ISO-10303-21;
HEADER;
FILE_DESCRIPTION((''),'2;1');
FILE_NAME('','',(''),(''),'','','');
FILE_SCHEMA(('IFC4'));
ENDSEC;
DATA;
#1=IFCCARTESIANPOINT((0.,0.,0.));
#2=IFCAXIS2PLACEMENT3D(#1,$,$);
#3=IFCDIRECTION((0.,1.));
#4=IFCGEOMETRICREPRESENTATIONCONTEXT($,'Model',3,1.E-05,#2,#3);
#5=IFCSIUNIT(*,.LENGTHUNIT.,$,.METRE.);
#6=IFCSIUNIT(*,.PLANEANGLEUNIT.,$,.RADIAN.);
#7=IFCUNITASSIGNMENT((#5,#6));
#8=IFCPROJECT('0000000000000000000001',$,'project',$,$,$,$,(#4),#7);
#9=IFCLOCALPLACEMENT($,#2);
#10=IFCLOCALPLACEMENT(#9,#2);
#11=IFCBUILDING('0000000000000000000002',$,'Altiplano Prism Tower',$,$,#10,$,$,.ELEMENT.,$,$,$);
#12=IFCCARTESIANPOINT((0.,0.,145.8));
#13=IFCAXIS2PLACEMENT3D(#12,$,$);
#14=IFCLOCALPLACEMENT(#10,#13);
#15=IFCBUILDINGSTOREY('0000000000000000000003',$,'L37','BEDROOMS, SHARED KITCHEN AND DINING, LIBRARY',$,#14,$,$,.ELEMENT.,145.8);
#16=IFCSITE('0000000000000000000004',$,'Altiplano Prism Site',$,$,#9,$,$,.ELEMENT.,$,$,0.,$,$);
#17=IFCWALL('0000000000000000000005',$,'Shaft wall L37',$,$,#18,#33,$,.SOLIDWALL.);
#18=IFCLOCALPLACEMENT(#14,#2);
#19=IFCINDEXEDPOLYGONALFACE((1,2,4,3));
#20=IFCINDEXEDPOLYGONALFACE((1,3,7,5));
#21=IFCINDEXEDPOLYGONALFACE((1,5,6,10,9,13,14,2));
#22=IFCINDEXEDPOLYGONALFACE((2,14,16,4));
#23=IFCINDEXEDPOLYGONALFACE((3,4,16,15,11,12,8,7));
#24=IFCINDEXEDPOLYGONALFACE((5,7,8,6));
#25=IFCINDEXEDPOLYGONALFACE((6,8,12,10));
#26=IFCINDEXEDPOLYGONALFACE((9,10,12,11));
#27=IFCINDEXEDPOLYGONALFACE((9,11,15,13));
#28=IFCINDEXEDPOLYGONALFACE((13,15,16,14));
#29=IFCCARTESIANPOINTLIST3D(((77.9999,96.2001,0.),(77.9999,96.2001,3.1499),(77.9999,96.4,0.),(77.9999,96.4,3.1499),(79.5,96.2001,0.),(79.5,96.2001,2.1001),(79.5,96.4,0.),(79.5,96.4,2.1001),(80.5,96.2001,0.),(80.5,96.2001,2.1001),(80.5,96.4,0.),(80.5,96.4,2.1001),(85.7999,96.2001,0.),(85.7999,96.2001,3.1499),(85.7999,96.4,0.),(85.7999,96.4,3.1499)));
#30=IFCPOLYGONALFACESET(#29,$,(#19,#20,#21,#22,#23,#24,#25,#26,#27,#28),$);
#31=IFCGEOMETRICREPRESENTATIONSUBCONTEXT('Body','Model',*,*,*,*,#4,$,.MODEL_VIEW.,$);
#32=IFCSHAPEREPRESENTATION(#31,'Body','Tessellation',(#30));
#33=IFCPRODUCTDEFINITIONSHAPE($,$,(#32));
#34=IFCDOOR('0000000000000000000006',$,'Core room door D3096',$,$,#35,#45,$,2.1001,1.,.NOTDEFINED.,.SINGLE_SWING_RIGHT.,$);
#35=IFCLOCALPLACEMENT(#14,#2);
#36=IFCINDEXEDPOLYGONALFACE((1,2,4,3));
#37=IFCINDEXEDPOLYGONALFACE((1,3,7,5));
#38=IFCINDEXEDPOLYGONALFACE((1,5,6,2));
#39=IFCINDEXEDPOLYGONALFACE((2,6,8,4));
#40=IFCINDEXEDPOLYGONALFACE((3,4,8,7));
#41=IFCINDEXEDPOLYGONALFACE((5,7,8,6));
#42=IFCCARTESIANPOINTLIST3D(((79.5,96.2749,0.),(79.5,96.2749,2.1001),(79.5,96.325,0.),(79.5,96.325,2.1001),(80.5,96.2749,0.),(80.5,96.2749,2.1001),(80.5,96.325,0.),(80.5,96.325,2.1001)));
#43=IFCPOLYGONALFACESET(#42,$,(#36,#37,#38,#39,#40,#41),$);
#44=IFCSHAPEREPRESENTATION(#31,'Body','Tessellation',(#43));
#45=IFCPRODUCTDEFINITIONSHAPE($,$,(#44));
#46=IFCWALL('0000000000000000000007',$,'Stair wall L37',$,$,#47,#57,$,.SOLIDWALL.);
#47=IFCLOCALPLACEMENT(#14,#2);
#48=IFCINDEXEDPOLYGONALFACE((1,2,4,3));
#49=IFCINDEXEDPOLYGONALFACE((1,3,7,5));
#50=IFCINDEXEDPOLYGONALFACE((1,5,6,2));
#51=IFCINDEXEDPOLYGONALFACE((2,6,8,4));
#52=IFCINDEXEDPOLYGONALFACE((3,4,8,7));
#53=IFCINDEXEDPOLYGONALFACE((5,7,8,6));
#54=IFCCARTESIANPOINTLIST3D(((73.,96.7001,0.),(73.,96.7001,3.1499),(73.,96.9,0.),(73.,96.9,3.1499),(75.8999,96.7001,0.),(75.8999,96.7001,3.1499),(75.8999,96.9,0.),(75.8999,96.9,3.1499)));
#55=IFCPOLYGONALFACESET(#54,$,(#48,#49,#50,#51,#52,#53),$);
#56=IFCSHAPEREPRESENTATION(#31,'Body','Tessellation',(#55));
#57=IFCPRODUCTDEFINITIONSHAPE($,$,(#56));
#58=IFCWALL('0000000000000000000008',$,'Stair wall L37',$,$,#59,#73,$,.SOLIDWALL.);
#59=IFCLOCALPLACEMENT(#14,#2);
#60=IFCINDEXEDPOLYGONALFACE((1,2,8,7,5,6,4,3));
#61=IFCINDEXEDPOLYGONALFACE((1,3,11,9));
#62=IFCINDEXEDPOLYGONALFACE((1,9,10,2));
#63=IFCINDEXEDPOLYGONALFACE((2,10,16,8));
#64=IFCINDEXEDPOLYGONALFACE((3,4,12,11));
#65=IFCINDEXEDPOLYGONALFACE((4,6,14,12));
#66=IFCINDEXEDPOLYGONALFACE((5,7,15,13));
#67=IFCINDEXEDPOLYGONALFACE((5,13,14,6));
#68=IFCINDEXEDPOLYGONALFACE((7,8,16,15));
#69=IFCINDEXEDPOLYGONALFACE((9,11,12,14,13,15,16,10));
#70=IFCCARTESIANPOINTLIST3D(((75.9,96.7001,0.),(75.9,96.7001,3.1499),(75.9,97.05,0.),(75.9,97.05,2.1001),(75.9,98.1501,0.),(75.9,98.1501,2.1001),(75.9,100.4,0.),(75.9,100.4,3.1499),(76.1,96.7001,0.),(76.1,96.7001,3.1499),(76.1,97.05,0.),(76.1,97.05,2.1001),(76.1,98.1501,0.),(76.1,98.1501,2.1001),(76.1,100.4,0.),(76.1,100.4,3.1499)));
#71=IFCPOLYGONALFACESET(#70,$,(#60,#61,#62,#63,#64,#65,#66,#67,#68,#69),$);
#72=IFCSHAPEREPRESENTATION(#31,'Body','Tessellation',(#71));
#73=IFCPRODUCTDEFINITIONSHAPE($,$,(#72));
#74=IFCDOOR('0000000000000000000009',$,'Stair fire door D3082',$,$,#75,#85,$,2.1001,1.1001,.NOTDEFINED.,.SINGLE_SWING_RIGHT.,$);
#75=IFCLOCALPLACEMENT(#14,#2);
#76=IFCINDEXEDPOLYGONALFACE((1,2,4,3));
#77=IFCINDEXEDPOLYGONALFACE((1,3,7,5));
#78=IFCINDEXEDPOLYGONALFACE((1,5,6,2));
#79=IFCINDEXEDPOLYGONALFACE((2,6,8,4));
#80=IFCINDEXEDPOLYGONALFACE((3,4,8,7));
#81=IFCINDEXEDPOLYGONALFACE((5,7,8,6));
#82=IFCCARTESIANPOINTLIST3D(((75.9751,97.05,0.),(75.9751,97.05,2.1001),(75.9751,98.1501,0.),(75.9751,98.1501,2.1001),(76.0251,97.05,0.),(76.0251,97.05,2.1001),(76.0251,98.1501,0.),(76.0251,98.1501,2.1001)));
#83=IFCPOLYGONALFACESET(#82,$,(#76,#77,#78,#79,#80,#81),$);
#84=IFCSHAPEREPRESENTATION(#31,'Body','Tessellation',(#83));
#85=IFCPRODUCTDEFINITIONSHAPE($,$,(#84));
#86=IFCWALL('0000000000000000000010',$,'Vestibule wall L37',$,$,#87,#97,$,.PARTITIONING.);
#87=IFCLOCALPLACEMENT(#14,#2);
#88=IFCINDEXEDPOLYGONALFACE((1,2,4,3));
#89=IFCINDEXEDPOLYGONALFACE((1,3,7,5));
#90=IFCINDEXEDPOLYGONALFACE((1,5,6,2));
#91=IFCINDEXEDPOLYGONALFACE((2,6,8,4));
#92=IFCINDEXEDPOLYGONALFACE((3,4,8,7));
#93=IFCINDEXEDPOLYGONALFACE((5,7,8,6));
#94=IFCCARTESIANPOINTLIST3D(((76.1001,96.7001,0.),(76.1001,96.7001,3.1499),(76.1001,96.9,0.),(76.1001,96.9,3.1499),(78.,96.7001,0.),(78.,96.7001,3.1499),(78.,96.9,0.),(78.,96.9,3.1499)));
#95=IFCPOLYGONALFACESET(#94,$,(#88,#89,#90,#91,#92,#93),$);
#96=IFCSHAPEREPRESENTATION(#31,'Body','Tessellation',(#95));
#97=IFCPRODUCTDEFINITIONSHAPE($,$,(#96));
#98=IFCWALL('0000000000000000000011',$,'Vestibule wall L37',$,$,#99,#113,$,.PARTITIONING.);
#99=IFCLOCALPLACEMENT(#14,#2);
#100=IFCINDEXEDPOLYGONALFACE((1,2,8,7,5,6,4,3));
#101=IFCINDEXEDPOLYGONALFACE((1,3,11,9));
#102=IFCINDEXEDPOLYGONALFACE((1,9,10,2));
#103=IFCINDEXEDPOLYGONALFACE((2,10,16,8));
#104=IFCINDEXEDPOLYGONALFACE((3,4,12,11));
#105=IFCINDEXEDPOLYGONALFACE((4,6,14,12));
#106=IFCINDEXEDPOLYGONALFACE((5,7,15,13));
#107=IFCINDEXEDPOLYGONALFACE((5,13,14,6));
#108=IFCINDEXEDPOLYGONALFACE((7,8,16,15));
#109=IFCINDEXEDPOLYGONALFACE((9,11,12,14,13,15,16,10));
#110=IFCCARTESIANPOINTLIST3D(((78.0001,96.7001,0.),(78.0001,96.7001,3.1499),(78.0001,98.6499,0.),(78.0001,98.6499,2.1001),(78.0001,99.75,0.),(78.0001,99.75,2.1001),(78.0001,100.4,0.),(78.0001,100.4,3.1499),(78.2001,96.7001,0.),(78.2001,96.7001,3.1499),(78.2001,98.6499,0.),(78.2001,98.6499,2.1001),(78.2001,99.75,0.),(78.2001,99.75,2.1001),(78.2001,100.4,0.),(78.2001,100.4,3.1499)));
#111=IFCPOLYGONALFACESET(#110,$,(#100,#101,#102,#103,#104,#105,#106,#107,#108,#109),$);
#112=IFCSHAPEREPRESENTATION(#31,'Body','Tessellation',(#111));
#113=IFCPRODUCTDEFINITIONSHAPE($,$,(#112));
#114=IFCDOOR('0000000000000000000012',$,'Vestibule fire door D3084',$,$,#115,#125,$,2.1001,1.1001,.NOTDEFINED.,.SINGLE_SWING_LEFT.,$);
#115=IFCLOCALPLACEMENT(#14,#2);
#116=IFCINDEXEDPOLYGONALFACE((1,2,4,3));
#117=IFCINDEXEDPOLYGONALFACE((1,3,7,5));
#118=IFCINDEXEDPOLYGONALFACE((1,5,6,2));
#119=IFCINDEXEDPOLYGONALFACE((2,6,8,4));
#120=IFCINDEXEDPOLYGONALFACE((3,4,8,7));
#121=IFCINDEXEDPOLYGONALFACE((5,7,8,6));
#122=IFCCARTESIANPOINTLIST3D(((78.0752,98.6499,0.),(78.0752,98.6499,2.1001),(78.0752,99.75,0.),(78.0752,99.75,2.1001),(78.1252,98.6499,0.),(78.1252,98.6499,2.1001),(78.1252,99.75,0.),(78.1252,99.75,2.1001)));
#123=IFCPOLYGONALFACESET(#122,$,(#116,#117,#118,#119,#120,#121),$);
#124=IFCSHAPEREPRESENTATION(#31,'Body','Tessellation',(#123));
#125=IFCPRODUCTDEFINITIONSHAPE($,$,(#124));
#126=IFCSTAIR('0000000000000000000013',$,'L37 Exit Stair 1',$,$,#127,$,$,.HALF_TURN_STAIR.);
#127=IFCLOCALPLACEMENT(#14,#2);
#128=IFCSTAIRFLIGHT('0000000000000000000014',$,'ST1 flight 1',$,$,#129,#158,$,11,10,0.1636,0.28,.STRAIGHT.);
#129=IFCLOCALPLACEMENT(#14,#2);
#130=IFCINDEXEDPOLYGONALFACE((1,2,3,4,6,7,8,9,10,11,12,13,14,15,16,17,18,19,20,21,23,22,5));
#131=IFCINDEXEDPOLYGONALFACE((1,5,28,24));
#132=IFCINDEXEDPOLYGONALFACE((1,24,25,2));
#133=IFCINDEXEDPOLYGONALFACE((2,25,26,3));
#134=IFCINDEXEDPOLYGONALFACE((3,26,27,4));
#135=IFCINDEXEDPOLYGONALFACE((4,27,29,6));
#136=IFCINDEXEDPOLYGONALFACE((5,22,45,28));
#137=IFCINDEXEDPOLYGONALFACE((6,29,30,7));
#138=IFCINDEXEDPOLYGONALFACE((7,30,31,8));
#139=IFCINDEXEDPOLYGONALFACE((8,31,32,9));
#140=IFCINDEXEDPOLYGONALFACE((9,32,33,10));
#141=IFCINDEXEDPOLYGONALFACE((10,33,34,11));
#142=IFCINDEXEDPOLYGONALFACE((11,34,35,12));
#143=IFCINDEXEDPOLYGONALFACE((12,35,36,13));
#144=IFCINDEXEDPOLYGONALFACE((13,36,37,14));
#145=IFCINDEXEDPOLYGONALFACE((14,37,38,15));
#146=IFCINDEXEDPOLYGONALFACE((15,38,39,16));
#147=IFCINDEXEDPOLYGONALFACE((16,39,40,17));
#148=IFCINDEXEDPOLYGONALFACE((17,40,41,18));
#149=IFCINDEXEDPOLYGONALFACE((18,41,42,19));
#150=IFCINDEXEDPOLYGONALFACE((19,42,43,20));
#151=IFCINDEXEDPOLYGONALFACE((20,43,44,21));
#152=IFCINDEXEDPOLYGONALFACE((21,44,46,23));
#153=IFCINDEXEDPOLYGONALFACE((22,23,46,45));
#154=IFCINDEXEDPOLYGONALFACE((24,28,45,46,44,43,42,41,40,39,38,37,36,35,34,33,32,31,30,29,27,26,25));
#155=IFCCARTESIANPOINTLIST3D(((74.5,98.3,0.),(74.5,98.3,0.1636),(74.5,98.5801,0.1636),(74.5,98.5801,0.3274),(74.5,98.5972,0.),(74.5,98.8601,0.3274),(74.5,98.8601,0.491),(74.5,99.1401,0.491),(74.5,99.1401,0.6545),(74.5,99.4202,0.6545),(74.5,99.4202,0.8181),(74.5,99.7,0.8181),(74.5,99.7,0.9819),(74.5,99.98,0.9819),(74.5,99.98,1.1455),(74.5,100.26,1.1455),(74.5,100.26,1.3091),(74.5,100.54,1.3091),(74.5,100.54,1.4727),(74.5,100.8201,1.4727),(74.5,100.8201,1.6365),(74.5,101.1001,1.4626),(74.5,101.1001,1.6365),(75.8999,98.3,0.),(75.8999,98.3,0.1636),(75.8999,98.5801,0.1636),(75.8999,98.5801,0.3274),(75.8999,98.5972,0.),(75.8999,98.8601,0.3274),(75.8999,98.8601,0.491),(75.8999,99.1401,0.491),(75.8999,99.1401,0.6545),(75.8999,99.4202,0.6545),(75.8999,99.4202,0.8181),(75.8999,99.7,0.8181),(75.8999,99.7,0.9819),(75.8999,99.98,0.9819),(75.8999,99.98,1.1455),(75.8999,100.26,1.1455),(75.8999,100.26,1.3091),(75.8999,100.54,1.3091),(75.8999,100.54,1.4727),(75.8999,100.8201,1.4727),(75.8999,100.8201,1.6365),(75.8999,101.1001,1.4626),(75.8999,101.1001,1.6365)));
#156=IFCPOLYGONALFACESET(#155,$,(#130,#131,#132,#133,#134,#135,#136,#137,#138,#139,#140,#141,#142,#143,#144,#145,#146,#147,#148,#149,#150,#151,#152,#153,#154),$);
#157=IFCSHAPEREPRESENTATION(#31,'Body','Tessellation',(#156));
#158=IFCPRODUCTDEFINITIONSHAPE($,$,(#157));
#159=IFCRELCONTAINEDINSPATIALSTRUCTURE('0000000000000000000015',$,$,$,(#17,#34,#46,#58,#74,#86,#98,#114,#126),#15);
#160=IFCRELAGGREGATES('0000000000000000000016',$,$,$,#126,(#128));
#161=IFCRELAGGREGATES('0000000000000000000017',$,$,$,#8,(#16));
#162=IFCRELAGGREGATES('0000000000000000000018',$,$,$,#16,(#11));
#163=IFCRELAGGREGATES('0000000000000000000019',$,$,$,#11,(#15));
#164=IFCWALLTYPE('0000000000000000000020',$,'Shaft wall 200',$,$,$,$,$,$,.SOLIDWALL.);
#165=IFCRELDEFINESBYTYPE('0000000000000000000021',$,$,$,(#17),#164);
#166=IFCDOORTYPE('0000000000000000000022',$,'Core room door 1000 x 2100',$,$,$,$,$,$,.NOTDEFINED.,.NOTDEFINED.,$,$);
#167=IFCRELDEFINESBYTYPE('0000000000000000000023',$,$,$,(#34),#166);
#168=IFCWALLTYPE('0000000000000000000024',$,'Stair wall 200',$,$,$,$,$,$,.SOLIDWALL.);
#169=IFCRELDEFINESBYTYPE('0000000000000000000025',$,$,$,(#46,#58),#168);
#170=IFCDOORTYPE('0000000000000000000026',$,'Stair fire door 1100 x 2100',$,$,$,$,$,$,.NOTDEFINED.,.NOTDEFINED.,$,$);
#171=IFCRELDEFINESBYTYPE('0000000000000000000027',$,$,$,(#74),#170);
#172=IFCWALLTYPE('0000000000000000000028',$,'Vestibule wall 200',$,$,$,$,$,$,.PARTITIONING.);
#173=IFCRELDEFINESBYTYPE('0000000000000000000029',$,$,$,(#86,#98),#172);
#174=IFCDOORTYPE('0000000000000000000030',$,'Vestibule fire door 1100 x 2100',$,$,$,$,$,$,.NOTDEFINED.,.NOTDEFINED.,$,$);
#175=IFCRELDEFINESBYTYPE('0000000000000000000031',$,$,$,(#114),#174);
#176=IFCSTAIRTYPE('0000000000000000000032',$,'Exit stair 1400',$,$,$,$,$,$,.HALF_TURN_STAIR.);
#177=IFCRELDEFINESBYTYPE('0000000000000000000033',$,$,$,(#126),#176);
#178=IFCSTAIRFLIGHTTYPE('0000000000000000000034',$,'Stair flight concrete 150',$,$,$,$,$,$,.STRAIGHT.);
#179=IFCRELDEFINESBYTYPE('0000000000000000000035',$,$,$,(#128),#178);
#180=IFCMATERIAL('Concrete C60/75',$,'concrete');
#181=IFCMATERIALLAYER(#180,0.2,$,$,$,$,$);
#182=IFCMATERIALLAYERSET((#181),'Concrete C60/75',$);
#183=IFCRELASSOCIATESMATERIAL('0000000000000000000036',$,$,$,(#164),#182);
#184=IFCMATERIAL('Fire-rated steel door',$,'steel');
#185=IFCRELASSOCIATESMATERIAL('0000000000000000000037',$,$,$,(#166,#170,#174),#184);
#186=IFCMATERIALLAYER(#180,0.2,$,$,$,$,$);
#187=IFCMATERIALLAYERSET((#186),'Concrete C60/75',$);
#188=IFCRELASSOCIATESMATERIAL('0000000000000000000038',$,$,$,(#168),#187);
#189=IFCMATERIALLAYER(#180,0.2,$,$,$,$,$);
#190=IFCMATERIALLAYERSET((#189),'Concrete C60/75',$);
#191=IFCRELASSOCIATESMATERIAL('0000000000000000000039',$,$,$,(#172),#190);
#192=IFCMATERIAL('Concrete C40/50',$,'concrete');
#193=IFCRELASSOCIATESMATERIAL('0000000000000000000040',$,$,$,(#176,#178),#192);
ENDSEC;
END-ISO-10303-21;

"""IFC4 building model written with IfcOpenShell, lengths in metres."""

from ifc_helpers import new_model, si_unit, direction, frame, frame_2d, origin, place, context, subcontext, project, spatial, polyline, rectangle, outline, extrude, material, layer, layer_set, type_object, element, fill, aggregate, save


model = new_model("IFC4")

# Units and contexts
model_context = context("Model", 3, precision=1e-05, world=origin(), true_north=direction((0.0, 1.0)))
body_context = subcontext(model_context, "Body", "Model", "MODEL_VIEW")
ifc_project = project(units=[si_unit("LENGTHUNIT", "METRE"), si_unit("PLANEANGLEUNIT", "RADIAN")], contexts=[model_context])

# Site, building, storey
site_placement = place(None, origin())
site = spatial("IfcSite", under=ifc_project, at=site_placement, Name="Altiplano Prism Site", CompositionType="ELEMENT", RefElevation=0.0)
building_placement = place(site_placement, origin())
building = spatial("IfcBuilding", under=site, at=building_placement, Name="Altiplano Prism Tower", CompositionType="ELEMENT")
storey_placement = place(building_placement, frame((0.0, 0.0, 145.8)))
storey = spatial("IfcBuildingStorey", under=building, at=storey_placement, Name="L37", Description="BEDROOMS, SHARED KITCHEN AND DINING, LIBRARY", CompositionType="ELEMENT", Elevation=145.8)

# Wall, opening, door
ifc_material_1 = material(Name="Concrete C60/75", Category="concrete")
ifc_layer_1 = layer(ifc_material_1, 0.2)
ifc_layer_set_1 = layer_set([ifc_layer_1], Name="Concrete C60/75")
wall_type_1 = type_object("IfcWallType", Name="Shaft wall 200", PredefinedType="SOLIDWALL", material=ifc_layer_set_1)
wall_1_placement = place(storey_placement, frame((78.0, 96.3, 0.0), z_axis=(0.0, 0.0, 1.0), x_axis=(1.0, 0.0, 0.0)))
wall_1 = element("IfcWall", 1, at=wall_1_placement, inside=storey, type_object=wall_type_1, Name="Shaft wall L37", PredefinedType="SOLIDWALL", context=body_context, shape_type="SweptSolid", body=[
    extrude(rectangle(XDim=7.8, YDim=0.2, at=frame_2d((3.8999, 0.0))), origin(), (0.0, 0.0, 1.0), 3.1499),
])
opening_1_placement = place(wall_1_placement, frame((1.5, 0.0, 0.0)))
opening_1 = element("IfcOpeningElement", 2, at=opening_1_placement, cuts=wall_1, PredefinedType="OPENING", context=body_context, shape_type="SweptSolid", body=[
    extrude(rectangle(XDim=1.0, YDim=2.1001, at=frame_2d((0.5, 1.05))), frame((0.0, 0.1104, 0.0), z_axis=(0.0, -1.0, 0.0), x_axis=(1.0, 0.0, 0.0)), (0.0, 0.0, 1.0), 0.2209),
])
ifc_material_2 = material(Name="Fire-rated steel door", Category="steel")
door_type_1 = type_object("IfcDoorType", Name="Core room door 1000 x 2100", OperationType="NOTDEFINED", PredefinedType="NOTDEFINED", material=ifc_material_2)
door_1_placement = place(opening_1_placement, origin())
door_1 = element("IfcDoor", 3, at=door_1_placement, inside=storey, type_object=door_type_1, Name="Core room door D3096", OperationType="SINGLE_SWING_RIGHT", OverallHeight=2.1001, OverallWidth=1.0, PredefinedType="NOTDEFINED", context=body_context, shape_type="SweptSolid", body=[
    extrude(rectangle(XDim=1.0, YDim=2.1001, at=frame_2d((0.5, 1.05))), frame((0.0, 0.0249, 0.0), z_axis=(0.0, -1.0, 0.0), x_axis=(1.0, 0.0, 0.0)), (0.0, 0.0, 1.0), 0.05),
])
fill(opening_1, door_1)

# Wall
ifc_layer_2 = layer(ifc_material_1, 0.2)
ifc_layer_set_2 = layer_set([ifc_layer_2], Name="Concrete C60/75")
wall_type_2 = type_object("IfcWallType", Name="Stair wall 200", PredefinedType="SOLIDWALL", material=ifc_layer_set_2)
wall_2_placement = place(storey_placement, frame((73.0, 96.8, 0.0), z_axis=(0.0, 0.0, 1.0), x_axis=(1.0, 0.0, 0.0)))
element("IfcWall", 4, at=wall_2_placement, inside=storey, type_object=wall_type_2, Name="Stair wall L37", PredefinedType="SOLIDWALL", context=body_context, shape_type="SweptSolid", body=[
    extrude(rectangle(XDim=2.8999, YDim=0.2, at=frame_2d((1.45, 0.0))), origin(), (0.0, 0.0, 1.0), 3.1499),
])

# Wall, opening, door
wall_3_placement = place(storey_placement, frame((76.0, 96.7, 0.0), z_axis=(0.0, 0.0, 1.0), x_axis=(0.0, 1.0, 0.0)))
wall_3 = element("IfcWall", 5, at=wall_3_placement, inside=storey, type_object=wall_type_2, Name="Stair wall L37", PredefinedType="SOLIDWALL", context=body_context, shape_type="SweptSolid", body=[
    extrude(rectangle(XDim=3.7, YDim=0.2, at=frame_2d((1.8501, 0.0))), origin(), (0.0, 0.0, 1.0), 3.1499),
])
opening_2_placement = place(wall_3_placement, frame((0.3501, 0.0, 0.0)))
opening_2 = element("IfcOpeningElement", 6, at=opening_2_placement, cuts=wall_3, PredefinedType="OPENING", context=body_context, shape_type="SweptSolid", body=[
    extrude(rectangle(XDim=1.1001, YDim=2.1001, at=frame_2d((0.55, 1.05))), frame((0.0, 0.1104, 0.0), z_axis=(0.0, -1.0, 0.0), x_axis=(1.0, 0.0, 0.0)), (0.0, 0.0, 1.0), 0.2209),
])
door_type_2 = type_object("IfcDoorType", Name="Stair fire door 1100 x 2100", OperationType="NOTDEFINED", PredefinedType="NOTDEFINED", material=ifc_material_2)
door_2_placement = place(opening_2_placement, origin())
door_2 = element("IfcDoor", 7, at=door_2_placement, inside=storey, type_object=door_type_2, Name="Stair fire door D3082", OperationType="SINGLE_SWING_RIGHT", OverallHeight=2.1001, OverallWidth=1.1001, PredefinedType="NOTDEFINED", context=body_context, shape_type="SweptSolid", body=[
    extrude(rectangle(XDim=1.1001, YDim=2.1001, at=frame_2d((0.55, 1.05))), frame((0.0, 0.0249, 0.0), z_axis=(0.0, -1.0, 0.0), x_axis=(1.0, 0.0, 0.0)), (0.0, 0.0, 1.0), 0.05),
])
fill(opening_2, door_2)

# Wall
ifc_layer_3 = layer(ifc_material_1, 0.2)
ifc_layer_set_3 = layer_set([ifc_layer_3], Name="Concrete C60/75")
wall_type_3 = type_object("IfcWallType", Name="Vestibule wall 200", PredefinedType="PARTITIONING", material=ifc_layer_set_3)
wall_4_placement = place(storey_placement, frame((76.1001, 96.8, 0.0), z_axis=(0.0, 0.0, 1.0), x_axis=(1.0, 0.0, 0.0)))
element("IfcWall", 8, at=wall_4_placement, inside=storey, type_object=wall_type_3, Name="Vestibule wall L37", PredefinedType="PARTITIONING", context=body_context, shape_type="SweptSolid", body=[
    extrude(rectangle(XDim=1.8999, YDim=0.2, at=frame_2d((0.95, 0.0))), origin(), (0.0, 0.0, 1.0), 3.1499),
])

# Wall, opening, door
wall_5_placement = place(storey_placement, frame((78.1001, 96.7, 0.0), z_axis=(0.0, 0.0, 1.0), x_axis=(0.0, 1.0, 0.0)))
wall_5 = element("IfcWall", 9, at=wall_5_placement, inside=storey, type_object=wall_type_3, Name="Vestibule wall L37", PredefinedType="PARTITIONING", context=body_context, shape_type="SweptSolid", body=[
    extrude(rectangle(XDim=3.7, YDim=0.2, at=frame_2d((1.8501, 0.0))), origin(), (0.0, 0.0, 1.0), 3.1499),
])
opening_3_placement = place(wall_5_placement, frame((1.95, 0.0, 0.0)))
opening_3 = element("IfcOpeningElement", 10, at=opening_3_placement, cuts=wall_5, PredefinedType="OPENING", context=body_context, shape_type="SweptSolid", body=[
    extrude(rectangle(XDim=1.1001, YDim=2.1001, at=frame_2d((0.55, 1.05))), frame((0.0, 0.1104, 0.0), z_axis=(0.0, -1.0, 0.0), x_axis=(1.0, 0.0, 0.0)), (0.0, 0.0, 1.0), 0.2209),
])
door_type_3 = type_object("IfcDoorType", Name="Vestibule fire door 1100 x 2100", OperationType="NOTDEFINED", PredefinedType="NOTDEFINED", material=ifc_material_2)
door_3_placement = place(opening_3_placement, origin())
door_3 = element("IfcDoor", 11, at=door_3_placement, inside=storey, type_object=door_type_3, Name="Vestibule fire door D3084", OperationType="SINGLE_SWING_LEFT", OverallHeight=2.1001, OverallWidth=1.1001, PredefinedType="NOTDEFINED", context=body_context, shape_type="SweptSolid", body=[
    extrude(rectangle(XDim=1.1001, YDim=2.1001, at=frame_2d((0.55, 1.05))), frame((0.0, 0.0249, 0.0), z_axis=(0.0, -1.0, 0.0), x_axis=(1.0, 0.0, 0.0)), (0.0, 0.0, 1.0), 0.05),
])
fill(opening_3, door_3)

# Stair, stair flight
ifc_material_3 = material(Name="Concrete C40/50", Category="concrete")
stair_type = type_object("IfcStairType", Name="Exit stair 1400", PredefinedType="HALF_TURN_STAIR", material=ifc_material_3)
stair_placement = place(storey_placement, origin())
stair = element("IfcStair", 12, at=stair_placement, inside=storey, type_object=stair_type, Name="L37 Exit Stair 1", PredefinedType="HALF_TURN_STAIR")
stair_flight_type = type_object("IfcStairFlightType", Name="Stair flight concrete 150", PredefinedType="STRAIGHT", material=ifc_material_3)
stair_flight_placement = place(storey_placement, frame((75.2, 98.3, 0.0), z_axis=(0.0, 0.0, 1.0), x_axis=(0.0, 1.0, 0.0)))
stair_flight = element("IfcStairFlight", 13, at=stair_flight_placement, type_object=stair_flight_type, Name="ST1 flight 1", NumberOfRisers=11, NumberOfTreads=10, PredefinedType="STRAIGHT", RiserHeight=0.1636, TreadLength=0.28, context=body_context, shape_type="SweptSolid", body=[
    extrude(outline(polyline([(0.0, 0.0), (0.0, 0.1636), (0.28, 0.1636), (0.28, 0.3274), (0.5601, 0.3274), (0.5601, 0.491), (0.8401, 0.491), (0.8401, 0.6545), (1.1201, 0.6545), (1.1201, 0.8181), (1.3999, 0.8181), (1.3999, 0.9819), (1.6799, 0.9819), (1.6799, 1.1455), (1.96, 1.1455), (1.96, 1.3091), (2.24, 1.3091), (2.24, 1.4727), (2.52, 1.4727), (2.52, 1.6365), (2.8, 1.6365), (2.8, 1.8), (2.8, 1.4626), (0.2971, 0.0), (0.0, 0.0)])), frame((0.0, 0.7, 0.0), z_axis=(0.0, -1.0, 0.0), x_axis=(1.0, 0.0, 0.0)), (0.0, 0.0, 1.0), 1.3999),
])
aggregate(stair, [stair_flight])

save(model, "model.ifc")
